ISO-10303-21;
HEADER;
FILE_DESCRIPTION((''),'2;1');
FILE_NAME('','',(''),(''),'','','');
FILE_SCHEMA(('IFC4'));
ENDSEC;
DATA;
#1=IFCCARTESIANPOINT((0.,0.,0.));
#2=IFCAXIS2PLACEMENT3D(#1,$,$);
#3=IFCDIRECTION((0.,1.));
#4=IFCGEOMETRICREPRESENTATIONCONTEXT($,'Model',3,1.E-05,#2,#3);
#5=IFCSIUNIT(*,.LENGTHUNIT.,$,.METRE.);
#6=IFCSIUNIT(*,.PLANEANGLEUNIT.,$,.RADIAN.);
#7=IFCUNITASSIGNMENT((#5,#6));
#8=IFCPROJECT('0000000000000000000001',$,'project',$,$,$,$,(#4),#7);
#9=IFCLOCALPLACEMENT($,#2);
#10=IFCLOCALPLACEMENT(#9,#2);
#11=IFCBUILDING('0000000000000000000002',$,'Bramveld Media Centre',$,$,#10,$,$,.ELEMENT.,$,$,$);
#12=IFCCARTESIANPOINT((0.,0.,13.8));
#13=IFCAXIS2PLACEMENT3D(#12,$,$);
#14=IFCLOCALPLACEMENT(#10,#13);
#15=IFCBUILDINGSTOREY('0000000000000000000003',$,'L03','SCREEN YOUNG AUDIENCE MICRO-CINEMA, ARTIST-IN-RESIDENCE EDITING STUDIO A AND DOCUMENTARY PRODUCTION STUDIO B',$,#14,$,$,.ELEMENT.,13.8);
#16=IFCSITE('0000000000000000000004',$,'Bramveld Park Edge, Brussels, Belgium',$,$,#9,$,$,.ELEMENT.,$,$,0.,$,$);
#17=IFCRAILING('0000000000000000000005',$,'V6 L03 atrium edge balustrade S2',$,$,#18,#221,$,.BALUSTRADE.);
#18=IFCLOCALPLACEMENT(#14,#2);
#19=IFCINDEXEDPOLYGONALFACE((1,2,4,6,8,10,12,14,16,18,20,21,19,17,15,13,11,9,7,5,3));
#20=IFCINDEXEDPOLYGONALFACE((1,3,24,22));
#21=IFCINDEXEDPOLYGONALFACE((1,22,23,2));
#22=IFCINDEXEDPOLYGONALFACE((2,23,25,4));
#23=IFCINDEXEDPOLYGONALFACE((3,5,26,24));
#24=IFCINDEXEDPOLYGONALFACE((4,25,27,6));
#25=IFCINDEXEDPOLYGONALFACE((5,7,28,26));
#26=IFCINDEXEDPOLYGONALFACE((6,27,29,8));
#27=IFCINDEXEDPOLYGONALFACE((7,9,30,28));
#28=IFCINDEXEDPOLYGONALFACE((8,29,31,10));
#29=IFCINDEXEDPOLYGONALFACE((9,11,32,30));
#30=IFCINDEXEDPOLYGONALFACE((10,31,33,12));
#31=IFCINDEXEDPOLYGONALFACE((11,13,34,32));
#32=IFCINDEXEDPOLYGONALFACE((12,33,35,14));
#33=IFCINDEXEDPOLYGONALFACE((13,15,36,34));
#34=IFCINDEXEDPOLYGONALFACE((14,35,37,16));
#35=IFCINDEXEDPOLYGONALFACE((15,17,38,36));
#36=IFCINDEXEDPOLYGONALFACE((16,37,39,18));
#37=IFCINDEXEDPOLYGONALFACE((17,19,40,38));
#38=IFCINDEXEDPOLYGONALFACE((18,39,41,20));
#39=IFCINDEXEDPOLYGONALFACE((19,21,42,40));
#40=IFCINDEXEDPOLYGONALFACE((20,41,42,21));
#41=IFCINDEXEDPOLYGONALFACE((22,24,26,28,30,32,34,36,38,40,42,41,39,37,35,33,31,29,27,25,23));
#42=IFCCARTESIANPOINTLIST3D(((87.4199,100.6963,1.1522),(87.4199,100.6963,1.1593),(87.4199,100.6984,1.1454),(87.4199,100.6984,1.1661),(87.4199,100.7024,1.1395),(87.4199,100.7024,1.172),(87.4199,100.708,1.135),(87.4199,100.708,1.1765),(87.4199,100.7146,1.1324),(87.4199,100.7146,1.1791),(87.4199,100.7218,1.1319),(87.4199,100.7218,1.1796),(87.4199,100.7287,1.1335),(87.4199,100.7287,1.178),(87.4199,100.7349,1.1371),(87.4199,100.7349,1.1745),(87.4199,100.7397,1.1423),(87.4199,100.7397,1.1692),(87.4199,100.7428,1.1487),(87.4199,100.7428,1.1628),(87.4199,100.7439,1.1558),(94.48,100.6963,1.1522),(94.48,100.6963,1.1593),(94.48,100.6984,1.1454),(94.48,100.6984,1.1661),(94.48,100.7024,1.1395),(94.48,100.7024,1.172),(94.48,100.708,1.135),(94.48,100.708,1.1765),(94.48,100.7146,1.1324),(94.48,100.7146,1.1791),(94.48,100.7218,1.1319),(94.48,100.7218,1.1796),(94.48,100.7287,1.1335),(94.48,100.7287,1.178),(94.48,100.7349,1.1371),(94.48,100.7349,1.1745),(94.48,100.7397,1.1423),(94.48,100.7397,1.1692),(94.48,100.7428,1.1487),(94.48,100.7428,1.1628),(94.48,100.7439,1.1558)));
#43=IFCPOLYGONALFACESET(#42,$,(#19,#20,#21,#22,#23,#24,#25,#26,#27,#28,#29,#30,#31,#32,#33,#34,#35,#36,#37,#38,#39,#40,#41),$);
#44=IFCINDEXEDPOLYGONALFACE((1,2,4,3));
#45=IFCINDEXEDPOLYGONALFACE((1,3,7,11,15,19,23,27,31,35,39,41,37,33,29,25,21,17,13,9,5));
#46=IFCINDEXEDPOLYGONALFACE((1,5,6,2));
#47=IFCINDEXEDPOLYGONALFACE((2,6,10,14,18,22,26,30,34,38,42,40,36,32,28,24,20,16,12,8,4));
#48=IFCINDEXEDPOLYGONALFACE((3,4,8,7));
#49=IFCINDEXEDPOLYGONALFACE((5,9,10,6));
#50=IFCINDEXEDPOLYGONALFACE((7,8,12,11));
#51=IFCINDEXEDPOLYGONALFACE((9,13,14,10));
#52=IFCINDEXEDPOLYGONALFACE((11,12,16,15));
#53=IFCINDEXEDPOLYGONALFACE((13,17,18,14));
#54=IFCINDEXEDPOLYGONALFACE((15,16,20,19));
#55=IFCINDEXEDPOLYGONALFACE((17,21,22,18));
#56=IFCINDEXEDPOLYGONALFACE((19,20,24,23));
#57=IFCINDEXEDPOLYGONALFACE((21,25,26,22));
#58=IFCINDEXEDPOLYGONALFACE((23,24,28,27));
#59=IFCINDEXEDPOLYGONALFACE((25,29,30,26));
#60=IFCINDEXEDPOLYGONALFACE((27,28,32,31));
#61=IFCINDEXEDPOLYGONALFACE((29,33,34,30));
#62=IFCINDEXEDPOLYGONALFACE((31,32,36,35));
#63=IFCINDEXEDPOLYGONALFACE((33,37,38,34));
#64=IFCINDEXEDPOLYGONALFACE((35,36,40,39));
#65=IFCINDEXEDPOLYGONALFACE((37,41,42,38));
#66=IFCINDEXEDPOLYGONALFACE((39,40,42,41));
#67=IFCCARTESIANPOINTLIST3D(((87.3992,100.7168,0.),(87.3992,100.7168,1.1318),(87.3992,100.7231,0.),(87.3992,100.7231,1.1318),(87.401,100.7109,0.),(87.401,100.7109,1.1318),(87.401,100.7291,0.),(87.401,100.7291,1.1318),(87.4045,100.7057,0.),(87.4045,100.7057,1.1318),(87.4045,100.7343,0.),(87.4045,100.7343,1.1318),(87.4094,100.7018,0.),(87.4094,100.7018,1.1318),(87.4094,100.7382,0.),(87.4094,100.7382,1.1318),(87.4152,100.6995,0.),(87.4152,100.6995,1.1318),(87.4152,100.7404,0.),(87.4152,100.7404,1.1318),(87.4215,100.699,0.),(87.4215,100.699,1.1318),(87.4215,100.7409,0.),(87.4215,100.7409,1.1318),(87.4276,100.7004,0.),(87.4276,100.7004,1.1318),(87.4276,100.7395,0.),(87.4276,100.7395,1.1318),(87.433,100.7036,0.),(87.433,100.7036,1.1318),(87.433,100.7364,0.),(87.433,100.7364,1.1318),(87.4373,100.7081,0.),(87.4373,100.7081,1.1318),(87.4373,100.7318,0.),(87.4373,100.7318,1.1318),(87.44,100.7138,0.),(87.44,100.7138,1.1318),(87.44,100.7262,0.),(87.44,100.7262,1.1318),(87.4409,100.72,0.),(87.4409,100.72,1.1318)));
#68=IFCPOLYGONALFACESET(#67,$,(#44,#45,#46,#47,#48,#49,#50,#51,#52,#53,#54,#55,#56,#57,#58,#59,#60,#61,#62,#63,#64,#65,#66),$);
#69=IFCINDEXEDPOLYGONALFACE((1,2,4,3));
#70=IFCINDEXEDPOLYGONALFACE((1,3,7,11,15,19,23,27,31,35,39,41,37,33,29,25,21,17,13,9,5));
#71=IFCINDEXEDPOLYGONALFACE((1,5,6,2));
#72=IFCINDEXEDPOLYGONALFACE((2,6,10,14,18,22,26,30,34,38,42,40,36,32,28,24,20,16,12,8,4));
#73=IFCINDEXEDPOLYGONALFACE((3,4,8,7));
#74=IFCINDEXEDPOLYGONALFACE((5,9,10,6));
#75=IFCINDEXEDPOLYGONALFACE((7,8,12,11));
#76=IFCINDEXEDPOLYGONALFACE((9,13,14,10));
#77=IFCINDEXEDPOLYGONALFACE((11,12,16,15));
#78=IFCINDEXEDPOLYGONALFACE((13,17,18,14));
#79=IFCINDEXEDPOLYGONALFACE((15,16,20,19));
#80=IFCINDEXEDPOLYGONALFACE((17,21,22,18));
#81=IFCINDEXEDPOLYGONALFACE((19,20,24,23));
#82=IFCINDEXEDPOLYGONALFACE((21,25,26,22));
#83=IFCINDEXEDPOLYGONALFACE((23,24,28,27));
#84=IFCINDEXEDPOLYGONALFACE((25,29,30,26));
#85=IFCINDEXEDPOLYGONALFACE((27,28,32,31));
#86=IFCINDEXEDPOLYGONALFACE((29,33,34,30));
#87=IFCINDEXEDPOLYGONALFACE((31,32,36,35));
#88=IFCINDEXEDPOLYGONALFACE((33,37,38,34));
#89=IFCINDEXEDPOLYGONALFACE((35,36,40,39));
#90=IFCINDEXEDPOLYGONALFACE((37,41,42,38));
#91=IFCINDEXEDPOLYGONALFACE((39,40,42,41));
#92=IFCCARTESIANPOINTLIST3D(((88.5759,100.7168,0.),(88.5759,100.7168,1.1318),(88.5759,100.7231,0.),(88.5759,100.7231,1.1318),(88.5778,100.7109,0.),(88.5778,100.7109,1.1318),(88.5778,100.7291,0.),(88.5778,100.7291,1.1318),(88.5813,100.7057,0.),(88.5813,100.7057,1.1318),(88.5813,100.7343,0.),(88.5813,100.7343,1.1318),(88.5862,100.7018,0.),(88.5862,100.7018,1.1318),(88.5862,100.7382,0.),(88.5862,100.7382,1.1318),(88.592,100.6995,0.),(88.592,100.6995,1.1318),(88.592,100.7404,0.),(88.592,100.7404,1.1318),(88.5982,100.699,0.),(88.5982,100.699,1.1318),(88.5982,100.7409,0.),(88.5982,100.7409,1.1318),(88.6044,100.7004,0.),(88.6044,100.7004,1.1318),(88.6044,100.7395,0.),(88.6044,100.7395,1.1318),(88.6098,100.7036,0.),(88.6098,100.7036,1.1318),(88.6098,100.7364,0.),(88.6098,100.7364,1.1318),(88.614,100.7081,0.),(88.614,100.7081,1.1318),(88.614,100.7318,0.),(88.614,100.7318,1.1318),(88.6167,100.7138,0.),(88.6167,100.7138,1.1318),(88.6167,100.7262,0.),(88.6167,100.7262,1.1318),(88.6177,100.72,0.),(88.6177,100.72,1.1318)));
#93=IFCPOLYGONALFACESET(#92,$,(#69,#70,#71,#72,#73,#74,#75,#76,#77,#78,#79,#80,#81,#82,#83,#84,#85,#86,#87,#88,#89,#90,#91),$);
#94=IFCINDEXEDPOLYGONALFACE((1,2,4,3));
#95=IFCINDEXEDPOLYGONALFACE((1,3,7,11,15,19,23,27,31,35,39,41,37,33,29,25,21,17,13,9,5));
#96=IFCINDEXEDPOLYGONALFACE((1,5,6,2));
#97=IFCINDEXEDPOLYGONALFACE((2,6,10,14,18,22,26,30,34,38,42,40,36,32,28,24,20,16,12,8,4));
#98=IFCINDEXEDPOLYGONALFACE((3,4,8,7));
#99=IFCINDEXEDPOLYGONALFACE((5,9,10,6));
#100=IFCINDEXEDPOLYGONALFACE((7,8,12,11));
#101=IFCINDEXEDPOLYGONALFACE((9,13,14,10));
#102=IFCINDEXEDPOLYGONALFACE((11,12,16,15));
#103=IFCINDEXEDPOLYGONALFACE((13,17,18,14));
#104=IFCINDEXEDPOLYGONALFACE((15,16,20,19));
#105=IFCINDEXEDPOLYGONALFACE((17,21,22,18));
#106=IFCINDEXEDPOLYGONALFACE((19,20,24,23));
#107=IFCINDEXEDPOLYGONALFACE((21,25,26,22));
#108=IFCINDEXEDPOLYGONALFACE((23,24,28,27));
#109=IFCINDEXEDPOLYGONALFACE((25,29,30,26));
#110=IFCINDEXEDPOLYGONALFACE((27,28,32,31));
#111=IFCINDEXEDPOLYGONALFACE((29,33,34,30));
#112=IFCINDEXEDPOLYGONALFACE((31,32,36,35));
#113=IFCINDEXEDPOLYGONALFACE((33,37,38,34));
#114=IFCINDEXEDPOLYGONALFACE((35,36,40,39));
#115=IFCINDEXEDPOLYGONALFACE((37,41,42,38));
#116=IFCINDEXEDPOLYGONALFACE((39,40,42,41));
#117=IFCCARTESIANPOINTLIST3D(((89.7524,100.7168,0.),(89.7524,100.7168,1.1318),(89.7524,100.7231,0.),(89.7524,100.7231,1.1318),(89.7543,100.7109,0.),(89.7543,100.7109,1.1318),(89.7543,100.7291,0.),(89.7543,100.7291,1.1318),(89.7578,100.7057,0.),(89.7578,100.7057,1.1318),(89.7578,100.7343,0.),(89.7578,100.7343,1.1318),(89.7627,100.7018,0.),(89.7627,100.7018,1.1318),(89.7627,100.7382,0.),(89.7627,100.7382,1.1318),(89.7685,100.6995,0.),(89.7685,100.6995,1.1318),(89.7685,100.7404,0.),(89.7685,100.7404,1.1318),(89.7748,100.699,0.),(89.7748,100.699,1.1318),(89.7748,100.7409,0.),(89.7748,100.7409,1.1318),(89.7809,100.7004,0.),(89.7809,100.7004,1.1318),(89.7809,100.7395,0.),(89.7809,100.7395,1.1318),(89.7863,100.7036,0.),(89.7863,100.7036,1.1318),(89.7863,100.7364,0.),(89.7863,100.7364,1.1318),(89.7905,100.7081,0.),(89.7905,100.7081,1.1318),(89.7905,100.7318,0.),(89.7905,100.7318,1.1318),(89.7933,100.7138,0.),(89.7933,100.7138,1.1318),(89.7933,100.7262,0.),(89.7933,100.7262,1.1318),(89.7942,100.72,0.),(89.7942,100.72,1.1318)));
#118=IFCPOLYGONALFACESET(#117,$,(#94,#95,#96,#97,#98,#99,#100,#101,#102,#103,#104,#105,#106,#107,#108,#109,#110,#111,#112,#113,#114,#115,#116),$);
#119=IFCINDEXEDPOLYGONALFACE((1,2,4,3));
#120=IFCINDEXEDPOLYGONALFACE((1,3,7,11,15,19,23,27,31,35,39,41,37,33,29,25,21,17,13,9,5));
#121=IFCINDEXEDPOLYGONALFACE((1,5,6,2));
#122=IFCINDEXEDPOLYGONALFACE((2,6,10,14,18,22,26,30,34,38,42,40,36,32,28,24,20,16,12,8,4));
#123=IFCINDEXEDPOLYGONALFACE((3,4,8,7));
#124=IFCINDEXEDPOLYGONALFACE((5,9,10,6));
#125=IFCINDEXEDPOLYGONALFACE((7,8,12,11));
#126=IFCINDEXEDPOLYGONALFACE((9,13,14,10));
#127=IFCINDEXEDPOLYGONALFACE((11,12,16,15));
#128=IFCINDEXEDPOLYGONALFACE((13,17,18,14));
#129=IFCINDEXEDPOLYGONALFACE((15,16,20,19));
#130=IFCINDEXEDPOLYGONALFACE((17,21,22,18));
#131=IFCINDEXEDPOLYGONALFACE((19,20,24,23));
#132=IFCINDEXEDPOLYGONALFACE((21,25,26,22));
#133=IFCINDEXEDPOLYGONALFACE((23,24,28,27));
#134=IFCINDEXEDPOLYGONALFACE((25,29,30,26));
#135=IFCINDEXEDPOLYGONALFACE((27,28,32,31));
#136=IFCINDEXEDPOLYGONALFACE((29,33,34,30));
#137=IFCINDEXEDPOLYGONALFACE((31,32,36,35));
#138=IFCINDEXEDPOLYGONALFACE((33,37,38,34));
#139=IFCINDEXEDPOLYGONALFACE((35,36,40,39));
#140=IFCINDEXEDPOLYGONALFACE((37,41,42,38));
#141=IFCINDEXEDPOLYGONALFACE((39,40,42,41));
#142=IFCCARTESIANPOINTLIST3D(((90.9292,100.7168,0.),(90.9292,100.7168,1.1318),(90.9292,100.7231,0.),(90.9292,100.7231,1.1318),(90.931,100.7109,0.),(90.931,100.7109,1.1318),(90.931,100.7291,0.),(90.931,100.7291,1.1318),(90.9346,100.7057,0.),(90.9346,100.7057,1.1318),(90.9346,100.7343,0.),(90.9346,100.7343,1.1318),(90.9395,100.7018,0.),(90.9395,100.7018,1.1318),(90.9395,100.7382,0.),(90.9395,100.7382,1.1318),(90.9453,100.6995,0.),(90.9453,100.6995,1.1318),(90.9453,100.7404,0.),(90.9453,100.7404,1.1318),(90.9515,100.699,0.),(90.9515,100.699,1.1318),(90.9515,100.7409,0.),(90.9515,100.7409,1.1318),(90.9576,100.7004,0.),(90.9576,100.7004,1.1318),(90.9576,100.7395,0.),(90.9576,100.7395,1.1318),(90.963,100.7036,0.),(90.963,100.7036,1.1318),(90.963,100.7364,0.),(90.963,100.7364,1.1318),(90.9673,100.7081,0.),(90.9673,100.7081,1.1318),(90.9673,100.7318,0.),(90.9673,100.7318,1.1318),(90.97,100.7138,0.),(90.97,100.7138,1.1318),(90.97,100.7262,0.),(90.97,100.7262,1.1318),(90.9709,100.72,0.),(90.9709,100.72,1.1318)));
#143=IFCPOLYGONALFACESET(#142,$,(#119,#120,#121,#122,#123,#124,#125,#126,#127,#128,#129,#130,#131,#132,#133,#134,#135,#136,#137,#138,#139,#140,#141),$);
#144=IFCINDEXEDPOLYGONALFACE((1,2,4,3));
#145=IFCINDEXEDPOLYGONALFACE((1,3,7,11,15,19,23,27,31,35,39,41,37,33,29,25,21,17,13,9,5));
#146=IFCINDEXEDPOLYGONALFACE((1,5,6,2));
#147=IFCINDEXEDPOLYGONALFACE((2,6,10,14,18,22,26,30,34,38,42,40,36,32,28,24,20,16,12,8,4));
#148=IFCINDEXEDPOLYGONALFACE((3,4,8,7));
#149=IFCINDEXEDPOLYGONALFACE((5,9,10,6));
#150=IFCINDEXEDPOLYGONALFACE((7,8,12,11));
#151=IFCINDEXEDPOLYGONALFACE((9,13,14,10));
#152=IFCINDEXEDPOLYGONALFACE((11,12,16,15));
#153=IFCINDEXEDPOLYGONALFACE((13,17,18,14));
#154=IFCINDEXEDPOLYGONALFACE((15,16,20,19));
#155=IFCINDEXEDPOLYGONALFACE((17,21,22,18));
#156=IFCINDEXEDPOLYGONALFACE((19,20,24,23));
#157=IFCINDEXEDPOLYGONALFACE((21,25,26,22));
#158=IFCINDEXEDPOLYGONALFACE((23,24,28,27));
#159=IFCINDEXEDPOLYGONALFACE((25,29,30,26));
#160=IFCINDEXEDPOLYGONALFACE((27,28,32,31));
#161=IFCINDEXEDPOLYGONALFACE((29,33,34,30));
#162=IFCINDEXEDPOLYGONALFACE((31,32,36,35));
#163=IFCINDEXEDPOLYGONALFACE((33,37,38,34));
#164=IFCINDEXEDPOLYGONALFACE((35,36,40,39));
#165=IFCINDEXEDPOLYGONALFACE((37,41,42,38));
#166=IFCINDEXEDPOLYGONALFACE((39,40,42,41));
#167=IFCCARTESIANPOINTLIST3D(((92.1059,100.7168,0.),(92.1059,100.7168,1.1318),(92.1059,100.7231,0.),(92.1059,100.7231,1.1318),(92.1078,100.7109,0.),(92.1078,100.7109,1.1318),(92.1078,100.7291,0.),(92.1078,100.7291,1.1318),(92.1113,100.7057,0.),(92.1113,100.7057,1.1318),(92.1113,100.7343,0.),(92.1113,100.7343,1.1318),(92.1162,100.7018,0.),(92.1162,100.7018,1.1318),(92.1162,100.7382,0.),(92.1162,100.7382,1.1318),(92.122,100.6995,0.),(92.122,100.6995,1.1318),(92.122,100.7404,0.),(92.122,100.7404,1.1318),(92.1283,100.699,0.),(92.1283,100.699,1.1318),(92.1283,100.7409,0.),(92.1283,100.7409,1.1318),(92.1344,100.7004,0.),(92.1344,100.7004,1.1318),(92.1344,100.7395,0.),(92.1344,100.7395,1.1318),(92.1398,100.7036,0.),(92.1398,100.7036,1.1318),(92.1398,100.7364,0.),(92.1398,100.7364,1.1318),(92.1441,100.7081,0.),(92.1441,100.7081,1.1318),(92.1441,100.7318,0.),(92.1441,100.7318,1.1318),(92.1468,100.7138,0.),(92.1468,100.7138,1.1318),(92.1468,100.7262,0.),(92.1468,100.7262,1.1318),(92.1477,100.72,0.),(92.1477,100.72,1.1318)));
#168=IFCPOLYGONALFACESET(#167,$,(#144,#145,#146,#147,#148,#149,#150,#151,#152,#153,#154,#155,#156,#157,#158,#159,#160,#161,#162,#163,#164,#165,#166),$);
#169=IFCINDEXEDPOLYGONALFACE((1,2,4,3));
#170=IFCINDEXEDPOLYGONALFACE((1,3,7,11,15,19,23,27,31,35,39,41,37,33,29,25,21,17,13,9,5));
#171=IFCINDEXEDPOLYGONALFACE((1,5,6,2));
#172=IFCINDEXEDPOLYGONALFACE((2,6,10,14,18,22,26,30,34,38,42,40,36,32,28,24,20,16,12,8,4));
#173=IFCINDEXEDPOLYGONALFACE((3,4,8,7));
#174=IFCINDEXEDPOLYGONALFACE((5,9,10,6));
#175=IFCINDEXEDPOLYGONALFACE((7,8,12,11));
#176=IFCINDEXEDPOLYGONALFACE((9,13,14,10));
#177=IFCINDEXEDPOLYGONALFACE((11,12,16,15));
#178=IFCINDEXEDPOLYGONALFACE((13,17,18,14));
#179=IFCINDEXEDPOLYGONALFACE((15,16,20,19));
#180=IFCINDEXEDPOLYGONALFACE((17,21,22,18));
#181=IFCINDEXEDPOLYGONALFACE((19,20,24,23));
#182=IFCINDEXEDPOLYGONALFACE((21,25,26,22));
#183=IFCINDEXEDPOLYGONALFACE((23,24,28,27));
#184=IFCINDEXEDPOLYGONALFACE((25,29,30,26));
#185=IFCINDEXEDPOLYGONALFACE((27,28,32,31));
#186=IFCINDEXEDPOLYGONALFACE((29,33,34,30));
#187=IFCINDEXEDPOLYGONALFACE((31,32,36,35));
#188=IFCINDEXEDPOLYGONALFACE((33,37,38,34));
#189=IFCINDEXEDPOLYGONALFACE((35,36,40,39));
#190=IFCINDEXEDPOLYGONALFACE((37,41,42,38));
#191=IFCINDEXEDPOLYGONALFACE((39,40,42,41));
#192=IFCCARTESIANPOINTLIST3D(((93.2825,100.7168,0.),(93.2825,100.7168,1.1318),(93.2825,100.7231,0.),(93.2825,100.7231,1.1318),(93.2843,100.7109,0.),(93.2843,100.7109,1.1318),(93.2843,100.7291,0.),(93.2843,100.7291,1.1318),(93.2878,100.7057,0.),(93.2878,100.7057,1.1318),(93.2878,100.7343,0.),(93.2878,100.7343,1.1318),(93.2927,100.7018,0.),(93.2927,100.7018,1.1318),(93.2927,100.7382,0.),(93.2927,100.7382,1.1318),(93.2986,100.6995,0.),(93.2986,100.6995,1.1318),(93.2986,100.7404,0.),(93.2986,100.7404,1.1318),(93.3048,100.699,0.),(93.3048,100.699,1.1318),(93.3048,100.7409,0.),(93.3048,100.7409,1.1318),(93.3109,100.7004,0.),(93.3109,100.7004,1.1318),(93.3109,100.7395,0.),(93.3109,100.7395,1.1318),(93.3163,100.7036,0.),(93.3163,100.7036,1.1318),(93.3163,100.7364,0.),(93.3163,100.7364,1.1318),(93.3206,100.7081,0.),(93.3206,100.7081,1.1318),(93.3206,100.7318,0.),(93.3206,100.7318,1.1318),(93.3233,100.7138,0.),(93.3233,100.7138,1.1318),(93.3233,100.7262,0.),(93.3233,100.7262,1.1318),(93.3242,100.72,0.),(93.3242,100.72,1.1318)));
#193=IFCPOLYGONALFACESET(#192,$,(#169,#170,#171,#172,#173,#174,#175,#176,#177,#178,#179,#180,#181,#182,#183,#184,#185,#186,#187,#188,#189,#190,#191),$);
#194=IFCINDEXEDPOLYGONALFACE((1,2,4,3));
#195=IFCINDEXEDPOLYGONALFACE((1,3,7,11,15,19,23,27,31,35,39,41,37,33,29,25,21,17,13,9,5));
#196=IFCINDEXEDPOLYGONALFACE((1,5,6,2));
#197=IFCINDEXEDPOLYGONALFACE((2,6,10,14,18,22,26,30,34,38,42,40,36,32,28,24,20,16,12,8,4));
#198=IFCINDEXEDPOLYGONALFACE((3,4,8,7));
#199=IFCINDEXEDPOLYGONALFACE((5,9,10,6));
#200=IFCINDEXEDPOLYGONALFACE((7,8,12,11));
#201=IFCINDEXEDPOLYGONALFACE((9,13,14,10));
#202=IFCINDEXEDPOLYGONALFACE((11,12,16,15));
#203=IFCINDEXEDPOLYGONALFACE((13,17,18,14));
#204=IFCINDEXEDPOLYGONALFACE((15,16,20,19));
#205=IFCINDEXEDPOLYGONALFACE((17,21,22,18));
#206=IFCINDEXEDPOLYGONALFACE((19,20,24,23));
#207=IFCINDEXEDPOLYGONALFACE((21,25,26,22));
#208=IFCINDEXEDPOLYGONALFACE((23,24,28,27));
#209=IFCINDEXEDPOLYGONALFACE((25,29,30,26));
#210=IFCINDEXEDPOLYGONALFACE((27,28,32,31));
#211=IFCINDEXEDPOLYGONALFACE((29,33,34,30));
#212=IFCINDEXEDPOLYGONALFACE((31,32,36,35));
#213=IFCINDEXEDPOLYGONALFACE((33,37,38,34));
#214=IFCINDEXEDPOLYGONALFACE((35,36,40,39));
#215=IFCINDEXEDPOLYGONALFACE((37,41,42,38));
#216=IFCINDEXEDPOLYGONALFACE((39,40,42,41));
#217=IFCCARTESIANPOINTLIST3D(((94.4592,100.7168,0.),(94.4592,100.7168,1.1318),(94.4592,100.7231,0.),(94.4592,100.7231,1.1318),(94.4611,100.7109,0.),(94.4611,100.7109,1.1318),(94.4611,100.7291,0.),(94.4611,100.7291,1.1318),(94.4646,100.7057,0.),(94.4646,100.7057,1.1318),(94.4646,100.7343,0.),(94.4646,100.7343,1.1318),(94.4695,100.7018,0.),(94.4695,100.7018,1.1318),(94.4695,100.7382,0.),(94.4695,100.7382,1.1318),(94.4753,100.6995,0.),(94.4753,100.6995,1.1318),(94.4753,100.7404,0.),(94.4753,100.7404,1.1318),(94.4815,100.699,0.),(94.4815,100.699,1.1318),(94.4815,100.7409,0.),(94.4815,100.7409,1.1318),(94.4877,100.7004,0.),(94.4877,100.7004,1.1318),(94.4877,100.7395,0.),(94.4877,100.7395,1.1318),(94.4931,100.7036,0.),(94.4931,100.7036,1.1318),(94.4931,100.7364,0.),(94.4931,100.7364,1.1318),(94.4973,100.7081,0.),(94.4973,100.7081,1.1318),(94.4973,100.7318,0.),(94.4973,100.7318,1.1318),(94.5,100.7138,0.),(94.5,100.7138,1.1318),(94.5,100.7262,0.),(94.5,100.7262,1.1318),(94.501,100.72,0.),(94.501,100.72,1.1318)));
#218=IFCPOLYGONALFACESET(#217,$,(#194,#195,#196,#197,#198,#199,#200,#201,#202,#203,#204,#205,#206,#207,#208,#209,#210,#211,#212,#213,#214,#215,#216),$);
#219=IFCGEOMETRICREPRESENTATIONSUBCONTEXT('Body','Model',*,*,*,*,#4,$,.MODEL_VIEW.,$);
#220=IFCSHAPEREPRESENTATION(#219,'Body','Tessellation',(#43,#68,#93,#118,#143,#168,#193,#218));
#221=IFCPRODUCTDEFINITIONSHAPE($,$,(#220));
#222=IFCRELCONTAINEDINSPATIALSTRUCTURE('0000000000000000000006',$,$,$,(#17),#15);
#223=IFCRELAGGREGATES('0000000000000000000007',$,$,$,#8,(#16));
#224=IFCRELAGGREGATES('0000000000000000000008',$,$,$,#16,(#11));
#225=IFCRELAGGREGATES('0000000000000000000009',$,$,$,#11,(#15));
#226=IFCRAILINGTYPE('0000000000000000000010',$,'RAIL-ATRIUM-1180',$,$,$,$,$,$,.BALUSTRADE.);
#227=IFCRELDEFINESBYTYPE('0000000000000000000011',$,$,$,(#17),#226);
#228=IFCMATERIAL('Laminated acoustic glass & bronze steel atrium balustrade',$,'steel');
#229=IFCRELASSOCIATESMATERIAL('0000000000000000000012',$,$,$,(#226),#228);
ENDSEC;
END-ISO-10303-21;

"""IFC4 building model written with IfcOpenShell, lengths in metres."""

from ifc_helpers import new_model, si_unit, direction, frame, origin, origin_2d, place, context, subcontext, project, spatial, circle, extrude, material, type_object, element, save


model = new_model("IFC4")

# Units and contexts
model_context = context("Model", 3, precision=1e-05, world=origin(), true_north=direction((0.0, 1.0)))
body_context = subcontext(model_context, "Body", "Model", "MODEL_VIEW")
ifc_project = project(units=[si_unit("LENGTHUNIT", "METRE"), si_unit("PLANEANGLEUNIT", "RADIAN")], contexts=[model_context])

# Site, building, storey
site_placement = place(None, origin())
site = spatial("IfcSite", under=ifc_project, at=site_placement, Name="Bramveld Park Edge, Brussels, Belgium", CompositionType="ELEMENT", RefElevation=0.0)
building_placement = place(site_placement, origin())
building = spatial("IfcBuilding", under=site, at=building_placement, Name="Bramveld Media Centre", CompositionType="ELEMENT")
storey_placement = place(building_placement, frame((0.0, 0.0, 13.8)))
storey = spatial("IfcBuildingStorey", under=building, at=storey_placement, Name="L03", Description="SCREEN YOUNG AUDIENCE MICRO-CINEMA, ARTIST-IN-RESIDENCE EDITING STUDIO A AND DOCUMENTARY PRODUCTION STUDIO B", CompositionType="ELEMENT", Elevation=13.8)

# Railing
ifc_material_1 = material(Name="Laminated acoustic glass & bronze steel atrium balustrade", Category="steel")
railing_type = type_object("IfcRailingType", Name="RAIL-ATRIUM-1180", PredefinedType="BALUSTRADE", material=ifc_material_1)
railing_1_placement = place(storey_placement, frame((87.4199, 100.72, 0.0)))
element("IfcRailing", 1, at=railing_1_placement, inside=storey, type_object=railing_type, Name="V6 L03 atrium edge balustrade S2", PredefinedType="BALUSTRADE", context=body_context, shape_type="SweptSolid", body=[
    extrude(circle(Radius=0.0239, at=origin_2d()), frame((0.0, 0.0, 1.1558), z_axis=(1.0, 0.0, 0.0), x_axis=(0.0, 1.0, 0.0)), (0.0, 0.0, 1.0), 7.0601),
    extrude(circle(Radius=0.021, at=origin_2d()), origin(), (0.0, 0.0, 1.0), 1.1318),
    extrude(circle(Radius=0.021, at=origin_2d()), frame((1.1768, 0.0, 0.0)), (0.0, 0.0, 1.0), 1.1318),
    extrude(circle(Radius=0.021, at=origin_2d()), frame((2.3533, 0.0, 0.0)), (0.0, 0.0, 1.0), 1.1318),
    extrude(circle(Radius=0.021, at=origin_2d()), frame((3.53, 0.0, 0.0)), (0.0, 0.0, 1.0), 1.1318),
    extrude(circle(Radius=0.021, at=origin_2d()), frame((4.7068, 0.0, 0.0)), (0.0, 0.0, 1.0), 1.1318),
    extrude(circle(Radius=0.021, at=origin_2d()), frame((5.8833, 0.0, 0.0)), (0.0, 0.0, 1.0), 1.1318),
    extrude(circle(Radius=0.021, at=origin_2d()), frame((7.0601, 0.0, 0.0)), (0.0, 0.0, 1.0), 1.1318),
])

save(model, "model.ifc")
